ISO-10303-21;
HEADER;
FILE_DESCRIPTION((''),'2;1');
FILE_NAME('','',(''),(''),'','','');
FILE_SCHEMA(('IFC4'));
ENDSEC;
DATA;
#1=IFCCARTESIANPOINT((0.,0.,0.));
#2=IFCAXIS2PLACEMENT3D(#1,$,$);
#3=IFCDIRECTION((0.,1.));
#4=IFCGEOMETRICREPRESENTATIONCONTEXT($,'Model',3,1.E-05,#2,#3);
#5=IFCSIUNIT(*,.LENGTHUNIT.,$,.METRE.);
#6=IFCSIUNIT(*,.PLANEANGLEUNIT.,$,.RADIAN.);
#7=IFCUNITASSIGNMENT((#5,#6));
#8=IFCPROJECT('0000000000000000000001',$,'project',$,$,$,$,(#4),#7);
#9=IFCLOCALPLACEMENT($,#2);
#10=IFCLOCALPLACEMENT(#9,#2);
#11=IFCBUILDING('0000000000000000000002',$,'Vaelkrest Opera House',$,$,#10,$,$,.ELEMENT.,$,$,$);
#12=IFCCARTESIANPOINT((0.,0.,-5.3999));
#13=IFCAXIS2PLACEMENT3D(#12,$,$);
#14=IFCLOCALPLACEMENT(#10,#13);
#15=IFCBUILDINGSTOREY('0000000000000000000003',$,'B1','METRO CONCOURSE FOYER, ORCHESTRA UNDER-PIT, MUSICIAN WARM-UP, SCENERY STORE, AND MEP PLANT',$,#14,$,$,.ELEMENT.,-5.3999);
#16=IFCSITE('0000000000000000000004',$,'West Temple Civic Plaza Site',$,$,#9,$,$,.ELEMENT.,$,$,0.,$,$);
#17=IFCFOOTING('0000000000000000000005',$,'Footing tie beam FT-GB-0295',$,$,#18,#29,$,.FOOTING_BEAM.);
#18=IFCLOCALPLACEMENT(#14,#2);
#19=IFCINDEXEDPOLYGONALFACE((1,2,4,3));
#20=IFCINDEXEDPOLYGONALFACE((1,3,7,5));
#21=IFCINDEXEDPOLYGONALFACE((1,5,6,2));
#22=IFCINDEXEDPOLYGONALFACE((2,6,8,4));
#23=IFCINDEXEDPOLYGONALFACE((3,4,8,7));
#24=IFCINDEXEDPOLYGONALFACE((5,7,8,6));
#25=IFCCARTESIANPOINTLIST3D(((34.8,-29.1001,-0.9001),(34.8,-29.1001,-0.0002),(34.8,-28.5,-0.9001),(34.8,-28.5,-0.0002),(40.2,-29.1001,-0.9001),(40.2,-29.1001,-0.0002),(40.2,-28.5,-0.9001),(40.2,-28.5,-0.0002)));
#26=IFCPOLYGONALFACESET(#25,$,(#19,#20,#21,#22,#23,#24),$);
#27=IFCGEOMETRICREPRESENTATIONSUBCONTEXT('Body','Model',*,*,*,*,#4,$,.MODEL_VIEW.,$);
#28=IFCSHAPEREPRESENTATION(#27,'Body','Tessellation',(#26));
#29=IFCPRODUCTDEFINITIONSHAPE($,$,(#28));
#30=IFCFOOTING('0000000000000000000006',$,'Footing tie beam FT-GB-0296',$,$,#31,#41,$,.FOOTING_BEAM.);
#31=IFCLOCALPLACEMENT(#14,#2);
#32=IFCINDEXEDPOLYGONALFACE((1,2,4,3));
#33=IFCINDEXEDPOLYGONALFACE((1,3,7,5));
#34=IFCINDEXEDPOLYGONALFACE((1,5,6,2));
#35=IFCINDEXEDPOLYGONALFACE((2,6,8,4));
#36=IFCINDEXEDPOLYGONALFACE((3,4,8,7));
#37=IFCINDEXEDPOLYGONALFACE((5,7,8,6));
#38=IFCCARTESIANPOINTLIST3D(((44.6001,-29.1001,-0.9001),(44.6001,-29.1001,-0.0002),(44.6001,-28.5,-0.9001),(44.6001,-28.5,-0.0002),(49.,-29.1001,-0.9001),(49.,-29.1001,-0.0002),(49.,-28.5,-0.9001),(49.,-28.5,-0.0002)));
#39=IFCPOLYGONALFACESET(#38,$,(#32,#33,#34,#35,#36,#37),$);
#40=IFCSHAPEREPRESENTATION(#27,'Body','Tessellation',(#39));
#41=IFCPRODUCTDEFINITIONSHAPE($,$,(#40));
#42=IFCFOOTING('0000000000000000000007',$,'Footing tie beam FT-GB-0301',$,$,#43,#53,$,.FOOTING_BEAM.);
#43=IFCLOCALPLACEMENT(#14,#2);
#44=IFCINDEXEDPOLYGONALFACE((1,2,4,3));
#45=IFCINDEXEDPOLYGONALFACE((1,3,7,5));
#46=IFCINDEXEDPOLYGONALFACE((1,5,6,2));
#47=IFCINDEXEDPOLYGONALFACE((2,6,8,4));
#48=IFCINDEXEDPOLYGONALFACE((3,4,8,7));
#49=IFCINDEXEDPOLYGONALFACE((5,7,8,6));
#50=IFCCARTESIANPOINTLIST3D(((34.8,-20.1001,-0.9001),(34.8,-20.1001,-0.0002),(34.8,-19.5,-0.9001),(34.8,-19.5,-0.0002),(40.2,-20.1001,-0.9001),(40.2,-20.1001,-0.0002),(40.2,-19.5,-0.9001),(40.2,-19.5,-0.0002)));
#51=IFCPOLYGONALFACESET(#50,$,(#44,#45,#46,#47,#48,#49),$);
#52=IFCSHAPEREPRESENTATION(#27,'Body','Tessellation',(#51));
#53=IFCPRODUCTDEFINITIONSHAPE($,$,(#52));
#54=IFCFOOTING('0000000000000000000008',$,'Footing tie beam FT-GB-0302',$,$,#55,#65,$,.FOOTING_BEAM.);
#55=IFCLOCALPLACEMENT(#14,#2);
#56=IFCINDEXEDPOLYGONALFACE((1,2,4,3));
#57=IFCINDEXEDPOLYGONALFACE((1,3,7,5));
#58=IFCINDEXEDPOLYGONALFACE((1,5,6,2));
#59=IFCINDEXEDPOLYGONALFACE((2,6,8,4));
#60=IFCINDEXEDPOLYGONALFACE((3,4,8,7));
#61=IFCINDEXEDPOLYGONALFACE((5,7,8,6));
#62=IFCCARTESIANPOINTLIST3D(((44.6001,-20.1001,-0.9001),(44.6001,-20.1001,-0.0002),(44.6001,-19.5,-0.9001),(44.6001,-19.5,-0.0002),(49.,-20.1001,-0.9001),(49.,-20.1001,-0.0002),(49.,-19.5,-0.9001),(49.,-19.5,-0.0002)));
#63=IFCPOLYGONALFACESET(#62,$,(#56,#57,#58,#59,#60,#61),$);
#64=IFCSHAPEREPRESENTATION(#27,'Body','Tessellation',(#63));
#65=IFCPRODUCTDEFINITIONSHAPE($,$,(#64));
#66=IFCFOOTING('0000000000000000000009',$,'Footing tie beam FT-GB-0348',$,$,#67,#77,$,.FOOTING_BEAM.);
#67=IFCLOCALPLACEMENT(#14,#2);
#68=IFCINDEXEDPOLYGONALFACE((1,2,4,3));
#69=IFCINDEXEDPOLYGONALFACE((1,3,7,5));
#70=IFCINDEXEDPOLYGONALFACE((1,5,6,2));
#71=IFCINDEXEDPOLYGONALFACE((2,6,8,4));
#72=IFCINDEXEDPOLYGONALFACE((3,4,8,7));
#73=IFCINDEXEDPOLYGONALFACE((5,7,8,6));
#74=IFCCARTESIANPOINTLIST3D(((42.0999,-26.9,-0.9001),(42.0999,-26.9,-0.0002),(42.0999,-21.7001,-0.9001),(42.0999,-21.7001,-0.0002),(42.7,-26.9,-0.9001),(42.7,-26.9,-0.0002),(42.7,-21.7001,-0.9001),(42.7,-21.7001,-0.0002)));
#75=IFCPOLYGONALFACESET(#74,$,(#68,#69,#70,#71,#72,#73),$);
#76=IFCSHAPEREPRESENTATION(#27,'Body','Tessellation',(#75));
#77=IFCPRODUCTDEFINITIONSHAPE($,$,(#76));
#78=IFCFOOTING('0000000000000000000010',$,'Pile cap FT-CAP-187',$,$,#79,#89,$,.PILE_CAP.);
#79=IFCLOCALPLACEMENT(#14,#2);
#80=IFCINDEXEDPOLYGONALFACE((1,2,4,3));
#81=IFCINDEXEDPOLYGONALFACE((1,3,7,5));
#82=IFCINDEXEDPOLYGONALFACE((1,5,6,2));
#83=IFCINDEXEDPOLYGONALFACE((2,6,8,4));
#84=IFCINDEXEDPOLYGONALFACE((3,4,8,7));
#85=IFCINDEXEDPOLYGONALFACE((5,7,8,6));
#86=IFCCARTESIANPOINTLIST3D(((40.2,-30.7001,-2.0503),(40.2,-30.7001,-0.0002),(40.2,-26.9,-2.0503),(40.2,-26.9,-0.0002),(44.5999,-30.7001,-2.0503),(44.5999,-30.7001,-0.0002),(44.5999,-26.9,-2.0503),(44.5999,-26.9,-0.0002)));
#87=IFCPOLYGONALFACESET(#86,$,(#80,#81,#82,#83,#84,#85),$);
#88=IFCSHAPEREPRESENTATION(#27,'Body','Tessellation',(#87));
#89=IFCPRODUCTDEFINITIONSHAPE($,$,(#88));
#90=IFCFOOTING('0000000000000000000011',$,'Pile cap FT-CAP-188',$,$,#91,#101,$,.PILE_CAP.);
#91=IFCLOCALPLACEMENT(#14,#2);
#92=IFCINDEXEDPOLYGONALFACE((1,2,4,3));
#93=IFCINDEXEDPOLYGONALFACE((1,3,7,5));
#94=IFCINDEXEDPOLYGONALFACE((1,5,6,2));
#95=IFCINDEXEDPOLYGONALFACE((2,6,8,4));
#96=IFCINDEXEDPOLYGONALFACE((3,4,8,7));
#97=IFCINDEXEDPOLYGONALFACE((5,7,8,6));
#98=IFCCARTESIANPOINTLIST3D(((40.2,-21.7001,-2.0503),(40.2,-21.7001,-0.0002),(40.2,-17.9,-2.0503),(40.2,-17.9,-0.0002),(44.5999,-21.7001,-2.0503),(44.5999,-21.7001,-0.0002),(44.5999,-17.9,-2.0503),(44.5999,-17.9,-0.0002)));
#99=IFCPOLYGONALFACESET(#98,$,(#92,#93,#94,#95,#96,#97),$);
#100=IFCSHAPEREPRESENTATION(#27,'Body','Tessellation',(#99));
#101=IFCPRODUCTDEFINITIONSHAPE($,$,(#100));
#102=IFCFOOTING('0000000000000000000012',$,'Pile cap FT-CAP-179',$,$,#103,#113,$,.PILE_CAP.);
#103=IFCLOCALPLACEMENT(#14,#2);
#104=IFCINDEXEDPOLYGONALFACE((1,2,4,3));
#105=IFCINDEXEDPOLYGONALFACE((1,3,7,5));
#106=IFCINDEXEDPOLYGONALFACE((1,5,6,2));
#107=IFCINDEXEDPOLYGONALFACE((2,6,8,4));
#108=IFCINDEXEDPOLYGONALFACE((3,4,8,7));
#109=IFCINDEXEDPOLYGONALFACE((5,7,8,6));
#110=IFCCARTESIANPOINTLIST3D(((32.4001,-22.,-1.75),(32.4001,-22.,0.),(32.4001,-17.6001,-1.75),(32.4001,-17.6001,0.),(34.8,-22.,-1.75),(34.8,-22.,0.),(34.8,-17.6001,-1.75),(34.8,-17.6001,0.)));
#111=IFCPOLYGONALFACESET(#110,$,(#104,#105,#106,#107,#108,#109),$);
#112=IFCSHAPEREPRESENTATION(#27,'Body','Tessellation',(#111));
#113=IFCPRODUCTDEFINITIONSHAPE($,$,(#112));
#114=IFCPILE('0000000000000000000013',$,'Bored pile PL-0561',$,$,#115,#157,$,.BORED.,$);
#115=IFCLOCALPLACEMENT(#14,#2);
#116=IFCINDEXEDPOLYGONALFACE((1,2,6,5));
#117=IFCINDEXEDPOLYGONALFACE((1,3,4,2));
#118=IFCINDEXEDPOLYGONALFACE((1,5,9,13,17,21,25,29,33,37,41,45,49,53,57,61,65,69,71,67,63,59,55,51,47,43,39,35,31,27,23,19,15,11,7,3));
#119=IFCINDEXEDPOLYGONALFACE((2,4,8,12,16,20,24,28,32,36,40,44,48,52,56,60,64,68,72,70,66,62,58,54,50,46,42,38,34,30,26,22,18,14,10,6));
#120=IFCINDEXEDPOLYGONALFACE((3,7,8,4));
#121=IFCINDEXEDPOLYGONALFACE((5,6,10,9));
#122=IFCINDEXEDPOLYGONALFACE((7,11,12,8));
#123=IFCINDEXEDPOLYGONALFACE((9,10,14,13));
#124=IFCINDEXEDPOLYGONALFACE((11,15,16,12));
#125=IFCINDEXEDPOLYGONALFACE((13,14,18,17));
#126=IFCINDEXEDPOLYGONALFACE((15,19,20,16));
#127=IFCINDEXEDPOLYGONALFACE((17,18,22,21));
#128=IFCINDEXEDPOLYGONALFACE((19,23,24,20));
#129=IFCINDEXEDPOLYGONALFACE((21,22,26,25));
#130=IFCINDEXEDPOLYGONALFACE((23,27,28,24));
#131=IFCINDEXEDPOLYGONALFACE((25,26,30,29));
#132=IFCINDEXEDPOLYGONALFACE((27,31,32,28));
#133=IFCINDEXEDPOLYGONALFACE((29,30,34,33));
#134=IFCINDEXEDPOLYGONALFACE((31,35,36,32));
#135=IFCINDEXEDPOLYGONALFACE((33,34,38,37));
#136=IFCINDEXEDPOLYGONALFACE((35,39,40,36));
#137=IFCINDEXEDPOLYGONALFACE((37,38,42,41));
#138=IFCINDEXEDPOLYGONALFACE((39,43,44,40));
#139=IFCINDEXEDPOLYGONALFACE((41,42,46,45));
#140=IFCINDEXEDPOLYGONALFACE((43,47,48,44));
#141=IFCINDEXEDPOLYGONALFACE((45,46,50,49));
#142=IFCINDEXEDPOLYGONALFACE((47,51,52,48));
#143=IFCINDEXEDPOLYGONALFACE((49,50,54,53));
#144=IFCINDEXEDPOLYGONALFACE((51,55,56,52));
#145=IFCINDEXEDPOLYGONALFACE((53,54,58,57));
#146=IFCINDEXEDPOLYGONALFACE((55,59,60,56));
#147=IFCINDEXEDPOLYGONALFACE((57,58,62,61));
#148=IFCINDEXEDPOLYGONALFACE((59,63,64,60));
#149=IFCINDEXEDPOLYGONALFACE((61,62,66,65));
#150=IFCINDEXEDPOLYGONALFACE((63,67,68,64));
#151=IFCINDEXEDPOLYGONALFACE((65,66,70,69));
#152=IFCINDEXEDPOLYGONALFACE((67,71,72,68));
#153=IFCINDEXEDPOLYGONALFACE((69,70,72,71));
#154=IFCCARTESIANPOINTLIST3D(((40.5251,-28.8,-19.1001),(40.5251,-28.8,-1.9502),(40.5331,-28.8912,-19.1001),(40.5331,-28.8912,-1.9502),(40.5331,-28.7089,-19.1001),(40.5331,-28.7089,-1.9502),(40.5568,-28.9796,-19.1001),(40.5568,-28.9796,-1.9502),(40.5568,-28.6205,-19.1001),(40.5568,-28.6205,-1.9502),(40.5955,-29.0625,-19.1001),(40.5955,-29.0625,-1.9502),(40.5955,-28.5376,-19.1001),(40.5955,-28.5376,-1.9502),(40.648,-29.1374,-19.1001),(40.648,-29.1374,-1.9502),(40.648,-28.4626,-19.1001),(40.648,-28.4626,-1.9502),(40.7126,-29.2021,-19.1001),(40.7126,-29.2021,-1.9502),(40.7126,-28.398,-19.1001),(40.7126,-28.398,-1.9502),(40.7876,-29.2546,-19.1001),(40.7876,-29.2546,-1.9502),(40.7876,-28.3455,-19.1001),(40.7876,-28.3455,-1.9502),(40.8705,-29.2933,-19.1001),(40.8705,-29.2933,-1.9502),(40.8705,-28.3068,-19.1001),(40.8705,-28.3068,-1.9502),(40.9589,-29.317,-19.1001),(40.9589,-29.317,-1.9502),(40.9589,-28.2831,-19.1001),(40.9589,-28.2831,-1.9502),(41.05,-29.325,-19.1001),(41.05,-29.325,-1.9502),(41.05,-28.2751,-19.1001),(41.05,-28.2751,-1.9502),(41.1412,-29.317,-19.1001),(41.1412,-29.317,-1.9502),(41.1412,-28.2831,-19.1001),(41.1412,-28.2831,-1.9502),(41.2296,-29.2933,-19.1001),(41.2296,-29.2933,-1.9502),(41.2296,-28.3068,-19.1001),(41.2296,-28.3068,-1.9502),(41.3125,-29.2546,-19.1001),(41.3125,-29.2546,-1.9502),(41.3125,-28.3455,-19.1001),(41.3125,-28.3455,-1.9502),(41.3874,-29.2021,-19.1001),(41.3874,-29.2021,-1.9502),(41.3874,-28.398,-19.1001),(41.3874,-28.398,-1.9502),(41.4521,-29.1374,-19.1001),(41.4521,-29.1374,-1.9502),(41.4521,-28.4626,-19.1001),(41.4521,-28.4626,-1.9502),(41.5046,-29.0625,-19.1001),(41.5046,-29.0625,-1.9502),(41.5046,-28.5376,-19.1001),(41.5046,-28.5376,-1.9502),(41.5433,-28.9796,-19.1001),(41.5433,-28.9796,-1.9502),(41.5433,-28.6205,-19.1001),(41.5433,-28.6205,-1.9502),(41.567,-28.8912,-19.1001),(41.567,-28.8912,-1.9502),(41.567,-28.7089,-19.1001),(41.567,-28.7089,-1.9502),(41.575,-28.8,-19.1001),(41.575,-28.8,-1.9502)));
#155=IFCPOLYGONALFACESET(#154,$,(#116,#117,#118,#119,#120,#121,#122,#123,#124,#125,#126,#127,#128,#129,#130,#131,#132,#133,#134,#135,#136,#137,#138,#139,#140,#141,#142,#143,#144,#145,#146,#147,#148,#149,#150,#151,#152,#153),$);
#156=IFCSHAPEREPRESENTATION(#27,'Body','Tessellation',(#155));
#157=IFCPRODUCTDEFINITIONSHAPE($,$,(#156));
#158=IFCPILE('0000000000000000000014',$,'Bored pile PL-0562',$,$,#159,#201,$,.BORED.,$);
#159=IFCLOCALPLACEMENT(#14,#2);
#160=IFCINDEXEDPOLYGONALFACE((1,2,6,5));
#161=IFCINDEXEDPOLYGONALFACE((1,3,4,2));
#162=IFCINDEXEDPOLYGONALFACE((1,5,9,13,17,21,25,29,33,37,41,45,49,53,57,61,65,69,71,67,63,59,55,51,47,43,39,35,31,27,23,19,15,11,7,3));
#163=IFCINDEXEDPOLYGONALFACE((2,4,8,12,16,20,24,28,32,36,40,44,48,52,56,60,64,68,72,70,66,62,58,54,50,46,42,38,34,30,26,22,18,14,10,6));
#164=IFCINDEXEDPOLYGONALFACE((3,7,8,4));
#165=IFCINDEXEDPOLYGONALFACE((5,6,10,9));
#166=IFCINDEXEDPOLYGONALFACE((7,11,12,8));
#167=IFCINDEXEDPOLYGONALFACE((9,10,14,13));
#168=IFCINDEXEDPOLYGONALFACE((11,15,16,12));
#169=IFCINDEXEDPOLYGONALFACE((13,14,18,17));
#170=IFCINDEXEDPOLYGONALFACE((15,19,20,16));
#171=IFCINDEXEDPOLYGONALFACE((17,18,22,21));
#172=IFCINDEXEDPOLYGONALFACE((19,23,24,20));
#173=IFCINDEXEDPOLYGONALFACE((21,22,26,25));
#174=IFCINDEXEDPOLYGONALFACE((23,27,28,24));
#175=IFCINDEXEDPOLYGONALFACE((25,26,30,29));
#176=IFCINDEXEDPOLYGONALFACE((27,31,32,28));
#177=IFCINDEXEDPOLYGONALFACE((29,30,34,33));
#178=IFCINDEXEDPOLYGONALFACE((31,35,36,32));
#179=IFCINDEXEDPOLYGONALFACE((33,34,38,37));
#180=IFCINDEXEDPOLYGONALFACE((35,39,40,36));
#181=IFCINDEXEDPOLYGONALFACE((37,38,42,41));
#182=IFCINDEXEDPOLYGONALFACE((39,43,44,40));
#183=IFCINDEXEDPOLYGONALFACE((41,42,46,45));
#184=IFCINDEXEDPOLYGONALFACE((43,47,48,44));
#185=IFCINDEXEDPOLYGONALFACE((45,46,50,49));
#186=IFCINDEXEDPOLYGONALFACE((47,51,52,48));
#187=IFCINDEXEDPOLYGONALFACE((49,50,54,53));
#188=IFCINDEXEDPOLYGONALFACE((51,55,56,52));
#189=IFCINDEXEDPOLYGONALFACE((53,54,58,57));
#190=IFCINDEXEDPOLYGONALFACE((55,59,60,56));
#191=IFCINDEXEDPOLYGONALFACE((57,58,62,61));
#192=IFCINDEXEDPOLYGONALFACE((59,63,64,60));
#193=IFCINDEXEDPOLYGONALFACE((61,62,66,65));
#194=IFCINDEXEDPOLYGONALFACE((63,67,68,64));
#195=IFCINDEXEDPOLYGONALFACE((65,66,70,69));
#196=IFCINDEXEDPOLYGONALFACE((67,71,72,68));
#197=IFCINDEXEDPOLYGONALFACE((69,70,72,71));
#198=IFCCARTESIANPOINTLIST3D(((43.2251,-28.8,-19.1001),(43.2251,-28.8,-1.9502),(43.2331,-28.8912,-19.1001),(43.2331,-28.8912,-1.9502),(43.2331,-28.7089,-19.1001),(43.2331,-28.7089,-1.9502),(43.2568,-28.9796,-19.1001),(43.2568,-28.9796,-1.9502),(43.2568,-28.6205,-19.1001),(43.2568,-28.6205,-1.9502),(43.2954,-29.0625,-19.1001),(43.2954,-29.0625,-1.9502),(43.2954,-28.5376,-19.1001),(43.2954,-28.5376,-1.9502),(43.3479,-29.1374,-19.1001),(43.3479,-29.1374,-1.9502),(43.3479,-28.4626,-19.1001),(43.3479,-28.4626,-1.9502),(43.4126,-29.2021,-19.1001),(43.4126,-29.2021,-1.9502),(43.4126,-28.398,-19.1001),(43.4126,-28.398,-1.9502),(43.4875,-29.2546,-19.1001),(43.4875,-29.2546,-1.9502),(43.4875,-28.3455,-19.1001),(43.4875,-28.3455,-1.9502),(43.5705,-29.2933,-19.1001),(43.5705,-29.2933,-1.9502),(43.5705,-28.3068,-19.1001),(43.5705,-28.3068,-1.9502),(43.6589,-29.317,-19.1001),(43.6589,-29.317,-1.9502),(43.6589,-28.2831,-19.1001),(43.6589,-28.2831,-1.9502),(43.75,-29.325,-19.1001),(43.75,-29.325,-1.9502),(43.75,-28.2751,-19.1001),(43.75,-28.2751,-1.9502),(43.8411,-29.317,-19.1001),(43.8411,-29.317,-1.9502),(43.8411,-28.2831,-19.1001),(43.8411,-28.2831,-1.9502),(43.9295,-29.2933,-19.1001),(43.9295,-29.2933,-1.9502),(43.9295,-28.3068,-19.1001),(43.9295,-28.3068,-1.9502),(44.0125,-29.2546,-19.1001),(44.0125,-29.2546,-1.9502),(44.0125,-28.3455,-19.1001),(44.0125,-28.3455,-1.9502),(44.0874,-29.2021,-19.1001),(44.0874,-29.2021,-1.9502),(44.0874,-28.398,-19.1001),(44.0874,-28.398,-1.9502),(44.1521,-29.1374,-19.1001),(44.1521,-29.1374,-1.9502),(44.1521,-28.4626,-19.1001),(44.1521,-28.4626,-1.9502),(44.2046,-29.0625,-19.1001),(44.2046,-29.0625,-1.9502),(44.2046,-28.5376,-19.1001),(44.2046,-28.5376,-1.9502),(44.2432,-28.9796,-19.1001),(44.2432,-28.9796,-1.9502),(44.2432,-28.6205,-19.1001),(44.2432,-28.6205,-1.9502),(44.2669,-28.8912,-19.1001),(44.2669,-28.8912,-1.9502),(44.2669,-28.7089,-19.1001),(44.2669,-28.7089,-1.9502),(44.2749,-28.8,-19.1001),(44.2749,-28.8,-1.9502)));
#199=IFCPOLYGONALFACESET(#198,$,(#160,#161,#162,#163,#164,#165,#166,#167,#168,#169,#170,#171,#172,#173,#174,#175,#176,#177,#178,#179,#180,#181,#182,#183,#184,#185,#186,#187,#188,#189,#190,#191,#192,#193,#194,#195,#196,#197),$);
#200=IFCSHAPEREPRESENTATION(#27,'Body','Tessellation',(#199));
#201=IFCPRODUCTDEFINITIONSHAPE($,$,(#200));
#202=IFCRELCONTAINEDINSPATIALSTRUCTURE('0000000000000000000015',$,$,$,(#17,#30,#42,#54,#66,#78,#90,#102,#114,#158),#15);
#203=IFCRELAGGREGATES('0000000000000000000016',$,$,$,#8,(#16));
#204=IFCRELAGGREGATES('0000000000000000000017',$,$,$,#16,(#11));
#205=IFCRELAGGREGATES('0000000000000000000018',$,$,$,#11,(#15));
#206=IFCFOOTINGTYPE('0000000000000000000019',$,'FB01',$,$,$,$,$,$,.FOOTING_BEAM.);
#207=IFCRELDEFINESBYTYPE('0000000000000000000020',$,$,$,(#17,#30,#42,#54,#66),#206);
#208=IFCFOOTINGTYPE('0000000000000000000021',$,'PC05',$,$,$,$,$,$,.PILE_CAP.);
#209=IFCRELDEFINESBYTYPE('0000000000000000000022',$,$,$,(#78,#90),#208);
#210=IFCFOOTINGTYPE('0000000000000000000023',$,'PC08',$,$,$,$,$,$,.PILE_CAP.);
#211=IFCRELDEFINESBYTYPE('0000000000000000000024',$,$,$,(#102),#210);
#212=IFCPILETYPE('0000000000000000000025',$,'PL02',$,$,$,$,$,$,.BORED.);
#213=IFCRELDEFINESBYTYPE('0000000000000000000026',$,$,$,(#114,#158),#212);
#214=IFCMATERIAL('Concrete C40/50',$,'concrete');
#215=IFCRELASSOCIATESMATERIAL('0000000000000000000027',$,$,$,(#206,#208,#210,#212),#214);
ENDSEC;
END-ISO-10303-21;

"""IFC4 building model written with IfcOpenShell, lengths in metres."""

from ifc_helpers import new_model, si_unit, direction, frame, origin, origin_2d, place, context, subcontext, project, spatial, rectangle, circle, extrude, material, material_profile, profile_set, type_object, element, save


model = new_model("IFC4")

# Units and contexts
model_context = context("Model", 3, precision=1e-05, world=origin(), true_north=direction((0.0, 1.0)))
body_context = subcontext(model_context, "Body", "Model", "MODEL_VIEW")
ifc_project = project(units=[si_unit("LENGTHUNIT", "METRE"), si_unit("PLANEANGLEUNIT", "RADIAN")], contexts=[model_context])

# Site, building, storey
site_placement = place(None, origin())
site = spatial("IfcSite", under=ifc_project, at=site_placement, Name="West Temple Civic Plaza Site", CompositionType="ELEMENT", RefElevation=0.0)
building_placement = place(site_placement, origin())
building = spatial("IfcBuilding", under=site, at=building_placement, Name="Vaelkrest Opera House", CompositionType="ELEMENT")
storey_placement = place(building_placement, frame((0.0, 0.0, -5.3999)))
storey = spatial("IfcBuildingStorey", under=building, at=storey_placement, Name="B1", Description="METRO CONCOURSE FOYER, ORCHESTRA UNDER-PIT, MUSICIAN WARM-UP, SCENERY STORE, AND MEP PLANT", CompositionType="ELEMENT", Elevation=-5.3999)

# Footings
ifc_material_1 = material(Name="Concrete C40/50", Category="concrete")
footing_type_1 = type_object("IfcFootingType", Name="FB01", PredefinedType="FOOTING_BEAM", material=ifc_material_1)
footing_1_placement = place(storey_placement, frame((37.5, -28.8, -0.9001), z_axis=(0.0, 0.0, 1.0), x_axis=(1.0, 0.0, 0.0)))
element("IfcFooting", 1, at=footing_1_placement, inside=storey, type_object=footing_type_1, Name="Footing tie beam FT-GB-0295", PredefinedType="FOOTING_BEAM", context=body_context, shape_type="SweptSolid", body=[
    extrude(rectangle(XDim=5.3999, YDim=0.6001, at=origin_2d()), origin(), (0.0, 0.0, 1.0), 0.8999),
])
footing_2_placement = place(storey_placement, frame((46.8, -28.8, -0.9001), z_axis=(0.0, 0.0, 1.0), x_axis=(1.0, 0.0, 0.0)))
element("IfcFooting", 2, at=footing_2_placement, inside=storey, type_object=footing_type_1, Name="Footing tie beam FT-GB-0296", PredefinedType="FOOTING_BEAM", context=body_context, shape_type="SweptSolid", body=[
    extrude(rectangle(XDim=4.3999, YDim=0.6001, at=origin_2d()), origin(), (0.0, 0.0, 1.0), 0.8999),
])
footing_3_placement = place(storey_placement, frame((37.5, -19.8, -0.9001), z_axis=(0.0, 0.0, 1.0), x_axis=(1.0, 0.0, 0.0)))
element("IfcFooting", 3, at=footing_3_placement, inside=storey, type_object=footing_type_1, Name="Footing tie beam FT-GB-0301", PredefinedType="FOOTING_BEAM", context=body_context, shape_type="SweptSolid", body=[
    extrude(rectangle(XDim=5.3999, YDim=0.6001, at=origin_2d()), origin(), (0.0, 0.0, 1.0), 0.8999),
])
footing_4_placement = place(storey_placement, frame((46.8, -19.8, -0.9001), z_axis=(0.0, 0.0, 1.0), x_axis=(1.0, 0.0, 0.0)))
element("IfcFooting", 4, at=footing_4_placement, inside=storey, type_object=footing_type_1, Name="Footing tie beam FT-GB-0302", PredefinedType="FOOTING_BEAM", context=body_context, shape_type="SweptSolid", body=[
    extrude(rectangle(XDim=4.3999, YDim=0.6001, at=origin_2d()), origin(), (0.0, 0.0, 1.0), 0.8999),
])
footing_5_placement = place(storey_placement, frame((42.3999, -24.3, -0.9001), z_axis=(0.0, 0.0, 1.0), x_axis=(0.0, 1.0, 0.0)))
element("IfcFooting", 5, at=footing_5_placement, inside=storey, type_object=footing_type_1, Name="Footing tie beam FT-GB-0348", PredefinedType="FOOTING_BEAM", context=body_context, shape_type="SweptSolid", body=[
    extrude(rectangle(XDim=5.2, YDim=0.6001, at=origin_2d()), origin(), (0.0, 0.0, 1.0), 0.8999),
])
footing_type_2 = type_object("IfcFootingType", Name="PC05", PredefinedType="PILE_CAP", material=ifc_material_1)
for number, where, z_axis, x_axis, name in (
    (6, (42.3999, -28.8, -2.0503), (0.0, 0.0, 1.0), (1.0, 0.0, 0.0), "Pile cap FT-CAP-187"),
    (7, (42.3999, -19.8, -2.0503), (0.0, 0.0, 1.0), (1.0, 0.0, 0.0), "Pile cap FT-CAP-188"),
):
    element("IfcFooting", number, at=place(storey_placement, frame(where, z_axis=z_axis, x_axis=x_axis)), inside=storey, type_object=footing_type_2, Name=name, PredefinedType="PILE_CAP", context=body_context, shape_type="SweptSolid", body=[
        extrude(rectangle(XDim=4.3999, YDim=3.8, at=origin_2d()), origin(), (0.0, 0.0, 1.0), 2.05),
    ])
footing_type_3 = type_object("IfcFootingType", Name="PC08", PredefinedType="PILE_CAP", material=ifc_material_1)
footing_6_placement = place(storey_placement, frame((33.6001, -19.8, -1.75), z_axis=(0.0, 0.0, 1.0), x_axis=(1.0, 0.0, 0.0)))
element("IfcFooting", 8, at=footing_6_placement, inside=storey, type_object=footing_type_3, Name="Pile cap FT-CAP-179", PredefinedType="PILE_CAP", context=body_context, shape_type="SweptSolid", body=[
    extrude(rectangle(XDim=2.3999, YDim=4.3999, at=origin_2d()), origin(), (0.0, 0.0, 1.0), 1.75),
])

# Piles
ifc_material_profile_1 = material_profile(ifc_material_1, circle(Radius=0.5249, at=origin_2d()), Name="PILE1050")
ifc_profile_set_1 = profile_set([ifc_material_profile_1], Name="Concrete C40/50")
pile_type = type_object("IfcPileType", Name="PL02", PredefinedType="BORED", material=ifc_profile_set_1)
for number, where, z_axis, x_axis, name in (
    (9, (41.05, -28.8, -1.9502), (0.0, 0.0, -1.0), (1.0, 0.0, 0.0), "Bored pile PL-0561"),
    (10, (43.75, -28.8, -1.9502), (0.0, 0.0, -1.0), (1.0, 0.0, 0.0), "Bored pile PL-0562"),
):
    element("IfcPile", number, at=place(storey_placement, frame(where, z_axis=z_axis, x_axis=x_axis)), inside=storey, type_object=pile_type, Name=name, PredefinedType="BORED", context=body_context, shape_type="SweptSolid", body=[
        extrude(circle(Radius=0.5249, at=origin_2d()), origin(), (0.0, 0.0, 1.0), 17.1499),
    ])

save(model, "model.ifc")
